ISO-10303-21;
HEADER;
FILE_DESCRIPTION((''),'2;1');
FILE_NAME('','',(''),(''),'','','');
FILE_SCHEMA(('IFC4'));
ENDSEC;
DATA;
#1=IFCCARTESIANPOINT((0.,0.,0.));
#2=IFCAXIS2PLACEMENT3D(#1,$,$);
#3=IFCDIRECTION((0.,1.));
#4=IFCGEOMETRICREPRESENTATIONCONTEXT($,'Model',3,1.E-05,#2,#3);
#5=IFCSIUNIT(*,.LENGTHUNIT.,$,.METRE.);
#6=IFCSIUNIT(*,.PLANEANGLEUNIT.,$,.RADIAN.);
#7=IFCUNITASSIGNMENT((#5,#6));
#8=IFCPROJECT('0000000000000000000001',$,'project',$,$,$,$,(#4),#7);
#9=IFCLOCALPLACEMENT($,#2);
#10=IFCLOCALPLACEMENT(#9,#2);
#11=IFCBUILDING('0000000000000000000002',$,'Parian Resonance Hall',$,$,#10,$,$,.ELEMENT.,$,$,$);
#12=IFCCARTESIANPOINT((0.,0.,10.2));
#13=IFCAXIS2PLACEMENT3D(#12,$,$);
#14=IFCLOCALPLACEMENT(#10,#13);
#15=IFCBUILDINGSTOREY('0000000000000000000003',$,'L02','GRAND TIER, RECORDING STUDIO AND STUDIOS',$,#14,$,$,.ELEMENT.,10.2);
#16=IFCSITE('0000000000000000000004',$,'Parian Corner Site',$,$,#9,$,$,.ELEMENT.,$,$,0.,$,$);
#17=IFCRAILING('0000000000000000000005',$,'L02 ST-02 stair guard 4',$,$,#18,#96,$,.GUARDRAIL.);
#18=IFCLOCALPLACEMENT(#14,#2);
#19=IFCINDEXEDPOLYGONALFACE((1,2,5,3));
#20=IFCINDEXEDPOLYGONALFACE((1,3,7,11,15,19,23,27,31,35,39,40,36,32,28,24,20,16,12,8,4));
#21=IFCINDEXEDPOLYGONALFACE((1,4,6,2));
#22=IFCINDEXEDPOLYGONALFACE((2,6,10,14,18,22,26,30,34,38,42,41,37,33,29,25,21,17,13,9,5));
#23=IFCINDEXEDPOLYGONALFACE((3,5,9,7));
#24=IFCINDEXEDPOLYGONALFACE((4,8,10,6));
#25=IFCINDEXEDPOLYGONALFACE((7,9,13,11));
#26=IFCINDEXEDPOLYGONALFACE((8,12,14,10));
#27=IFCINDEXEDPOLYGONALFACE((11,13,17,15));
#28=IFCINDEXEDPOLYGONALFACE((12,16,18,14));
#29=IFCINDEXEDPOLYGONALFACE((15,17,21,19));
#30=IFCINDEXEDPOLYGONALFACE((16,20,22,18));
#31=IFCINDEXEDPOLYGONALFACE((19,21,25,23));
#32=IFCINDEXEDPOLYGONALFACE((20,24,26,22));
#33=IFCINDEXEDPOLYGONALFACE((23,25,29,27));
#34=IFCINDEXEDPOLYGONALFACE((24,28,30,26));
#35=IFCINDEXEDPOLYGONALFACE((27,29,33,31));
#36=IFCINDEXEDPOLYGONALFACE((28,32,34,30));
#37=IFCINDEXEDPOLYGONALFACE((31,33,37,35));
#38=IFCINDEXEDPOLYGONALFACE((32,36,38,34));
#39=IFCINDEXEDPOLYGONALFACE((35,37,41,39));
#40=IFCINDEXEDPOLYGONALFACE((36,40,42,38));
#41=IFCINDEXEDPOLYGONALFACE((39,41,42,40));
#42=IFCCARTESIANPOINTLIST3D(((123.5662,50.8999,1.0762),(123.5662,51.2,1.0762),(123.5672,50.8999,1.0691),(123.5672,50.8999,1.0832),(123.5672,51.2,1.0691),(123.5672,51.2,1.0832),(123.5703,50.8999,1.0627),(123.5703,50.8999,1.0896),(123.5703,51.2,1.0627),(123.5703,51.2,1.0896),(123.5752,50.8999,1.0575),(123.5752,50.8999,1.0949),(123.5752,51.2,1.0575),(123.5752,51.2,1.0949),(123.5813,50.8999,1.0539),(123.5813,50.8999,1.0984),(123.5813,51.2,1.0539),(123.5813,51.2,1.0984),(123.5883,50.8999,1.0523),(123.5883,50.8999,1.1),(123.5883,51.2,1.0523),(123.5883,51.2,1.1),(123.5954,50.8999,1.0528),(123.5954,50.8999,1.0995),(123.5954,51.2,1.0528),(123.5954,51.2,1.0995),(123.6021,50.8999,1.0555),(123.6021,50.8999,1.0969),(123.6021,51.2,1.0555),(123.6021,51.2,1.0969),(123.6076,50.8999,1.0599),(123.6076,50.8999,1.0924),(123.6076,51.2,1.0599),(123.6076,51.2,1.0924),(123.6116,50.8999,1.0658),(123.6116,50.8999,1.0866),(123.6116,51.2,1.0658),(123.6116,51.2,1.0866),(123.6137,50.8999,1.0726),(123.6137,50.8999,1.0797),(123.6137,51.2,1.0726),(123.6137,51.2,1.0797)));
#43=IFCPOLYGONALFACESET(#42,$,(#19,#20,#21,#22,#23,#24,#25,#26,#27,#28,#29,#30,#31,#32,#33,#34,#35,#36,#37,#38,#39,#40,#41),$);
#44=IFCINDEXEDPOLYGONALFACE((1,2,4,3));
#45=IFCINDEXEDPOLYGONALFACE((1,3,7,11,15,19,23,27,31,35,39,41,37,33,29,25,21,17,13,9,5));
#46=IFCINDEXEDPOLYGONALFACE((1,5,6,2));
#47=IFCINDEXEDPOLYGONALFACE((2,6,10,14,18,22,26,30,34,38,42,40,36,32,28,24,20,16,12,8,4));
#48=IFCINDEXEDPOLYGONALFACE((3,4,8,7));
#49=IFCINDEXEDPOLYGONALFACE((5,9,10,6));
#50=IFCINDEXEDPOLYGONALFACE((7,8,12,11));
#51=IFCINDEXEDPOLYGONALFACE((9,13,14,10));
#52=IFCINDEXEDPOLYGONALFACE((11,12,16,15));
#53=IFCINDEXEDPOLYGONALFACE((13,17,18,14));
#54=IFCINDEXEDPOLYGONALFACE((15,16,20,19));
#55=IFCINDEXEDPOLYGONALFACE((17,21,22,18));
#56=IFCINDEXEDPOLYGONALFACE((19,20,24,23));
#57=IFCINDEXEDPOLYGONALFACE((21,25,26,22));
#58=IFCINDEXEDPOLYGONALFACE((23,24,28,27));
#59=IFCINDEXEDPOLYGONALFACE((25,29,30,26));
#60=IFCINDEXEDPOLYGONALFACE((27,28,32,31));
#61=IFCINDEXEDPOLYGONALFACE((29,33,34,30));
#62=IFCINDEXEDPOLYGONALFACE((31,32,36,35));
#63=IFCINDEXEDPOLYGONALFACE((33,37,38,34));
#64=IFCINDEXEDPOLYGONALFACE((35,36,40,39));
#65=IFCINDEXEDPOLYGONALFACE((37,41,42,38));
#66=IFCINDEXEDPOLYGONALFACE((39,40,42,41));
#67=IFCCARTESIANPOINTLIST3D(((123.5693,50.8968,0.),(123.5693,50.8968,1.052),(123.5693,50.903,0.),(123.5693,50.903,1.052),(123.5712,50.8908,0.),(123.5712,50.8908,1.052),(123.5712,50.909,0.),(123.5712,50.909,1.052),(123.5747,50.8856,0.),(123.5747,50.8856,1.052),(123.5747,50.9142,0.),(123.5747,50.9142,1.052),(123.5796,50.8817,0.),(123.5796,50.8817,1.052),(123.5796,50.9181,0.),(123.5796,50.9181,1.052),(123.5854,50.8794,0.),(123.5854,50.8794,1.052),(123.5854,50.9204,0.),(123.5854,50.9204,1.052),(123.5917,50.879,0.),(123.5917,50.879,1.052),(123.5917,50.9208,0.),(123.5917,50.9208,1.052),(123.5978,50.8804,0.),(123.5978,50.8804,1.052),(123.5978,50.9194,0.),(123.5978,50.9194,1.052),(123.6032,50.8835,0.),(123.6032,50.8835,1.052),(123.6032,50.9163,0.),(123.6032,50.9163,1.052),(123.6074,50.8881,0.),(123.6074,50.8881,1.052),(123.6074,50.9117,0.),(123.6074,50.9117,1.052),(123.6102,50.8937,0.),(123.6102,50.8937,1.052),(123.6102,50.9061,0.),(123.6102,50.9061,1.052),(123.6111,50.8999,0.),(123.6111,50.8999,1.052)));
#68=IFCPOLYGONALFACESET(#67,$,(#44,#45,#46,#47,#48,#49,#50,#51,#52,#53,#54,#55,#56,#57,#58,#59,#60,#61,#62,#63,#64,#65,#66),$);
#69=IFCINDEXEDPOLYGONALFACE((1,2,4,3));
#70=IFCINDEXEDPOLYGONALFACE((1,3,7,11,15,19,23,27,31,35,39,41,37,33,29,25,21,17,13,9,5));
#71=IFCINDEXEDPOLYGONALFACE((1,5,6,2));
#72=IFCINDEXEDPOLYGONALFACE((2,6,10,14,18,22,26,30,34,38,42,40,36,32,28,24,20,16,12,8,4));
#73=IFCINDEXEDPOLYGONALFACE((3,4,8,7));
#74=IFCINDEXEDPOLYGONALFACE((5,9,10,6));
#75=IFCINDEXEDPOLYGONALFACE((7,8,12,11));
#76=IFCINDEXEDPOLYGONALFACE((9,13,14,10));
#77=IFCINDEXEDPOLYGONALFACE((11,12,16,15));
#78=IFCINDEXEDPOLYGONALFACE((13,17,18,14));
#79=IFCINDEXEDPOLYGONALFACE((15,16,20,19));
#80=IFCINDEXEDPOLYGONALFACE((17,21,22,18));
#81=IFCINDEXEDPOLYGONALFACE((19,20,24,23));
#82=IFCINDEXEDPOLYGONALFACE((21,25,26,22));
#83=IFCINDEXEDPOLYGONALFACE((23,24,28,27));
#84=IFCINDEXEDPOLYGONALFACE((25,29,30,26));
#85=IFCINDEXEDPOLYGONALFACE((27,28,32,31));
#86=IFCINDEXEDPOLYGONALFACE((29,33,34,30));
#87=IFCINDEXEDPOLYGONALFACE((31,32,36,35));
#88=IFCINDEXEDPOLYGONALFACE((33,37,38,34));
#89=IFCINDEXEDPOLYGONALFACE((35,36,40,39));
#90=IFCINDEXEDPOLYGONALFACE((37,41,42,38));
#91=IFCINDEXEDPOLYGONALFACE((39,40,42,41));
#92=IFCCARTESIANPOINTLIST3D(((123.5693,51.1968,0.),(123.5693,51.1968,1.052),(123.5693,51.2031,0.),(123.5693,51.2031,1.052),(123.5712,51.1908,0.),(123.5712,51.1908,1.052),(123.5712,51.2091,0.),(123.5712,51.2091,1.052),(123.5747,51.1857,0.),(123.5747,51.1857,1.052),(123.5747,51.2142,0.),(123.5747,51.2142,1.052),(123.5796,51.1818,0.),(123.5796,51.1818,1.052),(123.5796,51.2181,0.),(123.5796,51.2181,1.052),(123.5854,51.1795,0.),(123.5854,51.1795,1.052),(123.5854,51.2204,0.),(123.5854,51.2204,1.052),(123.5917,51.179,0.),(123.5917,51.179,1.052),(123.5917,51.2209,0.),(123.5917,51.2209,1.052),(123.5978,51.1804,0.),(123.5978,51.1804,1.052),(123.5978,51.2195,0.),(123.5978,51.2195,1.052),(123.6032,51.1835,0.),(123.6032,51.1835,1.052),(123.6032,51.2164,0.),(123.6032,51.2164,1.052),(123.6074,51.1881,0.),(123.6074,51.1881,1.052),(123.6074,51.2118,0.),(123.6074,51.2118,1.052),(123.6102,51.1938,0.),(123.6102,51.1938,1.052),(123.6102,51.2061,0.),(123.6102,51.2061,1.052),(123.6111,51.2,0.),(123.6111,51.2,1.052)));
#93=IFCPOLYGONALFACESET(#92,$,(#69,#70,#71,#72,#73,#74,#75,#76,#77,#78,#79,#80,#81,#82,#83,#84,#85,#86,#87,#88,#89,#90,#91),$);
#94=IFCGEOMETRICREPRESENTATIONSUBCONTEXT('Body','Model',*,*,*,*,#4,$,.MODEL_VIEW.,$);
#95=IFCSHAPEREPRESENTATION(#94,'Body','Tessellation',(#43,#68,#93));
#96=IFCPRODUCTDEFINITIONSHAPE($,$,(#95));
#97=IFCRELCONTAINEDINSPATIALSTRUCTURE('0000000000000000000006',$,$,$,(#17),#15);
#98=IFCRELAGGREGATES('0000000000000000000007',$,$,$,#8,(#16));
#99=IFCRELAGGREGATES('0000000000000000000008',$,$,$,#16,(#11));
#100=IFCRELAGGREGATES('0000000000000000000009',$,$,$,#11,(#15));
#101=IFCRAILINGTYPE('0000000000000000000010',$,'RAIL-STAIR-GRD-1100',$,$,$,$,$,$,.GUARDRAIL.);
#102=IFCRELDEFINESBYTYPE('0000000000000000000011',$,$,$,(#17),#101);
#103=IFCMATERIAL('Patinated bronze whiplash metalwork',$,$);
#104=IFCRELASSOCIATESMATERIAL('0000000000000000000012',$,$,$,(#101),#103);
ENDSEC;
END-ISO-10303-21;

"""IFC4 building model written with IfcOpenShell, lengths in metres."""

from ifc_helpers import new_model, si_unit, direction, frame, origin, origin_2d, place, context, subcontext, project, spatial, circle, extrude, material, type_object, element, save


model = new_model("IFC4")

# Units and contexts
model_context = context("Model", 3, precision=1e-05, world=origin(), true_north=direction((0.0, 1.0)))
body_context = subcontext(model_context, "Body", "Model", "MODEL_VIEW")
ifc_project = project(units=[si_unit("LENGTHUNIT", "METRE"), si_unit("PLANEANGLEUNIT", "RADIAN")], contexts=[model_context])

# Site, building, storey
site_placement = place(None, origin())
site = spatial("IfcSite", under=ifc_project, at=site_placement, Name="Parian Corner Site", CompositionType="ELEMENT", RefElevation=0.0)
building_placement = place(site_placement, origin())
building = spatial("IfcBuilding", under=site, at=building_placement, Name="Parian Resonance Hall", CompositionType="ELEMENT")
storey_placement = place(building_placement, frame((0.0, 0.0, 10.2)))
storey = spatial("IfcBuildingStorey", under=building, at=storey_placement, Name="L02", Description="GRAND TIER, RECORDING STUDIO AND STUDIOS", CompositionType="ELEMENT", Elevation=10.2)

# Railing
ifc_material_1 = material(Name="Patinated bronze whiplash metalwork")
railing_type_1 = type_object("IfcRailingType", Name="RAIL-STAIR-GRD-1100", PredefinedType="GUARDRAIL", material=ifc_material_1)
railing_1_placement = place(storey_placement, frame((123.5901, 50.8999, 0.0)))
element("IfcRailing", 1, at=railing_1_placement, inside=storey, type_object=railing_type_1, Name="L02 ST-02 stair guard 4", PredefinedType="GUARDRAIL", context=body_context, shape_type="SweptSolid", body=[
    extrude(circle(Radius=0.0239, at=origin_2d()), frame((0.0, 0.0, 1.0762), z_axis=(0.0, 1.0, 0.0), x_axis=(-1.0, 0.0, 0.0)), (0.0, 0.0, 1.0), 0.3),
    extrude(circle(Radius=0.021, at=origin_2d()), origin(), (0.0, 0.0, 1.0), 1.052),
    extrude(circle(Radius=0.021, at=origin_2d()), frame((0.0, 0.3, 0.0)), (0.0, 0.0, 1.0), 1.052),
])

save(model, "model.ifc")
